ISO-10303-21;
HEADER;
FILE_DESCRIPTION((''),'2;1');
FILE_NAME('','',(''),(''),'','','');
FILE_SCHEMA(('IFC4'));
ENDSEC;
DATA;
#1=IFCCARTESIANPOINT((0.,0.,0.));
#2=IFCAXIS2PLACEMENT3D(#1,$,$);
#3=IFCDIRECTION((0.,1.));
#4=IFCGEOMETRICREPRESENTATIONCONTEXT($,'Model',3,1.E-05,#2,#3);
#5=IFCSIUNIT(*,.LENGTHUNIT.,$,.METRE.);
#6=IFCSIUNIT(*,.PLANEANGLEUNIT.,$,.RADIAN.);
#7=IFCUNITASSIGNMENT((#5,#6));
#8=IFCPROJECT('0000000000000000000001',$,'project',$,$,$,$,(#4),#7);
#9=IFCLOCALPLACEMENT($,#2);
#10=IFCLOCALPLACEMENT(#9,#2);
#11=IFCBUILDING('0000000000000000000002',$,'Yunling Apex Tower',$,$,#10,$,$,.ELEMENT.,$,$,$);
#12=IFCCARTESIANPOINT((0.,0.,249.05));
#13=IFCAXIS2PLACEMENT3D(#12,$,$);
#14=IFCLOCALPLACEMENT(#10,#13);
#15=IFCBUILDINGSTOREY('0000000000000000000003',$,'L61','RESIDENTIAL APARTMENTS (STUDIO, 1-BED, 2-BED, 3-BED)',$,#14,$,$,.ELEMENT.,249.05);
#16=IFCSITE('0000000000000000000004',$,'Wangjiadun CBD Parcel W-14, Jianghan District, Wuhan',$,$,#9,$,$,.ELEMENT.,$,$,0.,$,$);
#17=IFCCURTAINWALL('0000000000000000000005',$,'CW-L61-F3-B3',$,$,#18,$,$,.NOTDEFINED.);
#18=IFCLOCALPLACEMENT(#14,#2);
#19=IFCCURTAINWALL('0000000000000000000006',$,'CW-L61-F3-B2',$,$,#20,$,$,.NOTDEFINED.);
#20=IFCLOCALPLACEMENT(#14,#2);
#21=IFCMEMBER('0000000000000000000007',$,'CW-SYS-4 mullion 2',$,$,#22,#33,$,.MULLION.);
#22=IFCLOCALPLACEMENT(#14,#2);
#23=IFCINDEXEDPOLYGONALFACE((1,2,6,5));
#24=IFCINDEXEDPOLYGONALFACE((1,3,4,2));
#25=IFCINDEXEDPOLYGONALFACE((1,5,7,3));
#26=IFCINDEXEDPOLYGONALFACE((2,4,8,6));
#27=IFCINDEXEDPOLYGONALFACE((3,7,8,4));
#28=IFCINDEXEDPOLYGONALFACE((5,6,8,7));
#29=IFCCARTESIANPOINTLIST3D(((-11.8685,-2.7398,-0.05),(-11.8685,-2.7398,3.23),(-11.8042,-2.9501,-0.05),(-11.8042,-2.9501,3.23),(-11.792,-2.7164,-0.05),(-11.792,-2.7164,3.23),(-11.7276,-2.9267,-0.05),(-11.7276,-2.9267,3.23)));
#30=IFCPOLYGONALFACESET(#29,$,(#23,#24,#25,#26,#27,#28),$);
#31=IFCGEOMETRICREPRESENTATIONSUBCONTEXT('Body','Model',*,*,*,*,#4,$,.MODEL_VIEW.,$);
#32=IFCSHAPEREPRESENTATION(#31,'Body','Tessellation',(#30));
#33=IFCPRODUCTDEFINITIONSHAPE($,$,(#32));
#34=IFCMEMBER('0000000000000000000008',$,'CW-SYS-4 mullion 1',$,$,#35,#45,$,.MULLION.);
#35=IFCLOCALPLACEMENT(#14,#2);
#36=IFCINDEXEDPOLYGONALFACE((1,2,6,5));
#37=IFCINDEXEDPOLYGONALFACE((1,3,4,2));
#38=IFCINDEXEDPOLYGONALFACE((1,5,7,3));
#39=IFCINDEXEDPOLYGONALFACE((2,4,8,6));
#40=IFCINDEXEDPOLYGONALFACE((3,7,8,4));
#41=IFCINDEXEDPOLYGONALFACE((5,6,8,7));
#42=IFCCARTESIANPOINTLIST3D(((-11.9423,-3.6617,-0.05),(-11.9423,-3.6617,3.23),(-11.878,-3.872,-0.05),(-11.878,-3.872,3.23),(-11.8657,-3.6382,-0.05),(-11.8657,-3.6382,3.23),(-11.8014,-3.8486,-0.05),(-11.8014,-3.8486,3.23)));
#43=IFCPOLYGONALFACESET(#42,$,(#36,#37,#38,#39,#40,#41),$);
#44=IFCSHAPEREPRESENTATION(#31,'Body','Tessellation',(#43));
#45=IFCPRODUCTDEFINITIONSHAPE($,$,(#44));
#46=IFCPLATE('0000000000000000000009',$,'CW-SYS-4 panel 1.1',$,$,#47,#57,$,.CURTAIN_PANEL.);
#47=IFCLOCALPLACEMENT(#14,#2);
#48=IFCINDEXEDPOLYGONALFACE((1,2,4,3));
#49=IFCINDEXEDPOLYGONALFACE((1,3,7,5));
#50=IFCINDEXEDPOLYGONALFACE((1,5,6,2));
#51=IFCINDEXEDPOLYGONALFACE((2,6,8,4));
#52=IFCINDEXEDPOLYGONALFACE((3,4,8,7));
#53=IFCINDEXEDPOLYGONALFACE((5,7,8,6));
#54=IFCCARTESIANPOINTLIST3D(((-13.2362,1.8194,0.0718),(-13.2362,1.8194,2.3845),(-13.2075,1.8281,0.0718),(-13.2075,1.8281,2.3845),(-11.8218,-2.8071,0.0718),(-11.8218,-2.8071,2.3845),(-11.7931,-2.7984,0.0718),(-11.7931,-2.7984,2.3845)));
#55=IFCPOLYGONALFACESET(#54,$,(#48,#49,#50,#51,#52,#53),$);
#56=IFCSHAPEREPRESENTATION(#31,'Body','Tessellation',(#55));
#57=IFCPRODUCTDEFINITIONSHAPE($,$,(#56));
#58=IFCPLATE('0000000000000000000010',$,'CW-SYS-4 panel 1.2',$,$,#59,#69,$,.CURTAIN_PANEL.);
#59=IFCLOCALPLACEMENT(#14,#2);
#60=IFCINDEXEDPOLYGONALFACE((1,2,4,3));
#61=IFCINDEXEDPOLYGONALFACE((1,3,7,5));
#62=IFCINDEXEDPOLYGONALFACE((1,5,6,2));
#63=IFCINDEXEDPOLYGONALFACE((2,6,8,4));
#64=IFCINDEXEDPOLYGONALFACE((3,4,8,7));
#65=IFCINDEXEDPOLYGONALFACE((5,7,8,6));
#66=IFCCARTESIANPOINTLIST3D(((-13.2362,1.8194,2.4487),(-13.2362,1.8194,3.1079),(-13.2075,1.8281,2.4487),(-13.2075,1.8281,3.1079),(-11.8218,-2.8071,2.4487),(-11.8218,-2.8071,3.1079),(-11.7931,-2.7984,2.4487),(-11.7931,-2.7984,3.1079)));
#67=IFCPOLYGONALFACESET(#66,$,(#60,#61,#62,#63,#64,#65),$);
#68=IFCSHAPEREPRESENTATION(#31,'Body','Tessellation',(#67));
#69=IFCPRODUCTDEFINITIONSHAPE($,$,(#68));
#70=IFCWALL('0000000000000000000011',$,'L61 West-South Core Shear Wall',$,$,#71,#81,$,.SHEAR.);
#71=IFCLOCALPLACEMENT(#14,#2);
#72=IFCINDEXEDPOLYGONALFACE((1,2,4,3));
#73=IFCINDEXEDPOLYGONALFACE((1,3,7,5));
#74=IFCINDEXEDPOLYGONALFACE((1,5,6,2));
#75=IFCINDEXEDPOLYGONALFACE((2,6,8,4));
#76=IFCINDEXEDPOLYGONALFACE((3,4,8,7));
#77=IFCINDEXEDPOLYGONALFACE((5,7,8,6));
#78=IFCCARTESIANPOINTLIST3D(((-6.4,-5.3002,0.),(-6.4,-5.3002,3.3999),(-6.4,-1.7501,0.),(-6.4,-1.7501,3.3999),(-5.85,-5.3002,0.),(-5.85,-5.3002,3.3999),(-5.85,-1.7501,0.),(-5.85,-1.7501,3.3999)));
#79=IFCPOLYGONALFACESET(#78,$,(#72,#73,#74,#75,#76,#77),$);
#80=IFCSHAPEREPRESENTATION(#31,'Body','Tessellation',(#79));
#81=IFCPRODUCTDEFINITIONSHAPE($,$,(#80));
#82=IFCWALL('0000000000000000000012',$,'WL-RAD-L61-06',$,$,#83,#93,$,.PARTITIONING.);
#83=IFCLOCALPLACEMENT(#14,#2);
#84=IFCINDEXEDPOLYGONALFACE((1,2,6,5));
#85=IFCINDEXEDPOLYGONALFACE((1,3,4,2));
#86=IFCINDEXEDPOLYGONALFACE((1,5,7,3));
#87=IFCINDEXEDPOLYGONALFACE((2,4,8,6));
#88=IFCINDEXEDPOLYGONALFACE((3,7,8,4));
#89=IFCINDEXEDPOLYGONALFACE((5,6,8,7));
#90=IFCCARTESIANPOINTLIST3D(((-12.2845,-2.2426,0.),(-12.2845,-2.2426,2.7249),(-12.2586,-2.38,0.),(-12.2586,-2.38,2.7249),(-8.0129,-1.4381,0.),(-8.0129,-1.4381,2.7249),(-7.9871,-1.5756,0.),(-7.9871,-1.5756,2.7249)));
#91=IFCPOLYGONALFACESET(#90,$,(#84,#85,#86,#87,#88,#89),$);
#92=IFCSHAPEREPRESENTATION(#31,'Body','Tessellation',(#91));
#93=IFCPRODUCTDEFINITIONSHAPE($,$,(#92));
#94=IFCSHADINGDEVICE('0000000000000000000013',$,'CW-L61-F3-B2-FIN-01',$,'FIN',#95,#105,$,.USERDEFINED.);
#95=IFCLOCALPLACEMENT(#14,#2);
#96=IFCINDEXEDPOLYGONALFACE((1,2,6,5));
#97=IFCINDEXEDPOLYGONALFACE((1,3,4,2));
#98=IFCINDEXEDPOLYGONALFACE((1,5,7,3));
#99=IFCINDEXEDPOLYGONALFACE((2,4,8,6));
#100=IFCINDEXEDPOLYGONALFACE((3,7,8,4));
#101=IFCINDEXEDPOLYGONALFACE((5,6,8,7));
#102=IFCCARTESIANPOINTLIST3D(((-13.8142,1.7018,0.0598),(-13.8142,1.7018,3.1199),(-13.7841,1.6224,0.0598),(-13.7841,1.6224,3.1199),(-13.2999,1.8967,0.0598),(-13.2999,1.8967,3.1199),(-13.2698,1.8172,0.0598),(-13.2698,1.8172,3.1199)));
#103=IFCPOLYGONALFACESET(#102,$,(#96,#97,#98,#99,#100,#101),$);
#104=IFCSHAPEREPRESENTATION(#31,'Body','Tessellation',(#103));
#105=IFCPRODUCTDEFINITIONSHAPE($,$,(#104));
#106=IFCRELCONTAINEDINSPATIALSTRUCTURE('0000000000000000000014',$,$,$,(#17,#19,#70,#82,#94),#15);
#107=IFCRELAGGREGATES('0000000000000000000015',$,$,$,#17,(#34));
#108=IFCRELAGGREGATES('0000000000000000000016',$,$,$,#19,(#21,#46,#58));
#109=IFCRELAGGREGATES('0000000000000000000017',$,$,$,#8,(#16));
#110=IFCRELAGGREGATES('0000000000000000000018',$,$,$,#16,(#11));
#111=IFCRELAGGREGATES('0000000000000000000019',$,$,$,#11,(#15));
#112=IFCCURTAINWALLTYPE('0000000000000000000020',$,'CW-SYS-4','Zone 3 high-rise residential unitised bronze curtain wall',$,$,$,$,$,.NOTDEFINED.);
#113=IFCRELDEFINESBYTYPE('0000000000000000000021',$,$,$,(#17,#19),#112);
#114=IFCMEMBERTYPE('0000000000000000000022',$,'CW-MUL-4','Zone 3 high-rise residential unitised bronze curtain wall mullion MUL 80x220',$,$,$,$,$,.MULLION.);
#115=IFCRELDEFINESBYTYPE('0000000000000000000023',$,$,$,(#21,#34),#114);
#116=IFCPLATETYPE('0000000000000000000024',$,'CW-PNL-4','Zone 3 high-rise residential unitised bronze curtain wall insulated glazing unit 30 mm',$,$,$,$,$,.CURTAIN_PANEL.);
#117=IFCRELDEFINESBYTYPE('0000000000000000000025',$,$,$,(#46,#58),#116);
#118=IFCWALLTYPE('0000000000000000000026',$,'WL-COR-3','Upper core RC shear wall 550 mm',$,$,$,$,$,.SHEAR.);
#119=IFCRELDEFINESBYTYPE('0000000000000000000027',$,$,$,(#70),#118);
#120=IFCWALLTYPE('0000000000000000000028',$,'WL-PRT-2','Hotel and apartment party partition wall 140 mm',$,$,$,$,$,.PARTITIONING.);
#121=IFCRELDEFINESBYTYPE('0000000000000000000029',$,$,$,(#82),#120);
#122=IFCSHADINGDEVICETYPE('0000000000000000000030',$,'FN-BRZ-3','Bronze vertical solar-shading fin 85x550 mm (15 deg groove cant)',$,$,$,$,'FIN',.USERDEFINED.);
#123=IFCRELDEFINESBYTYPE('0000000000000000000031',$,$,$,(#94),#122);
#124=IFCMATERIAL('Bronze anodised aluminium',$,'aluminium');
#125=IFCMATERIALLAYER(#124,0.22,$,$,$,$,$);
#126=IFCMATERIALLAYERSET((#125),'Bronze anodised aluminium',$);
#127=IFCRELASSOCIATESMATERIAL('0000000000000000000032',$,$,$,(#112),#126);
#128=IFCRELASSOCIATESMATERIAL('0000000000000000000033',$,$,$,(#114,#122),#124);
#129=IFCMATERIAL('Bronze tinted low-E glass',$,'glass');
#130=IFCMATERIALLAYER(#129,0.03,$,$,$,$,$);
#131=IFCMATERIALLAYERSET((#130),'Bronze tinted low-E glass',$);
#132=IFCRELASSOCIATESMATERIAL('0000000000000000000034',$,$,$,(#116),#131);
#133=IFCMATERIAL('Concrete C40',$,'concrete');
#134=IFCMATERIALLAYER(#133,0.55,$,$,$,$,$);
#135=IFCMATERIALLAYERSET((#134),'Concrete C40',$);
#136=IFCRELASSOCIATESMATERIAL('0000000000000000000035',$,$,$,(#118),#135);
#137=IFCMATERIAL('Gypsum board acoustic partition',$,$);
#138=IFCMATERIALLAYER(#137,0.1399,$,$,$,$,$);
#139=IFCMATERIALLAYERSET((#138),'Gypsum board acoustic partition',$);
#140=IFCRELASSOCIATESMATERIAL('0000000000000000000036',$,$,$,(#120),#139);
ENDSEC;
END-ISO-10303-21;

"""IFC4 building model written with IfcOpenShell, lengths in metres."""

from ifc_helpers import new_model, si_unit, direction, frame, frame_2d, origin, origin_2d, place, context, subcontext, project, spatial, rectangle, extrude, source, transform, mapped, material, layer, layer_set, material_profile, profile_set, type_object, element, aggregate, save


model = new_model("IFC4")

# Units and contexts
model_context = context("Model", 3, precision=1e-05, world=origin(), true_north=direction((0.0, 1.0)))
body_context = subcontext(model_context, "Body", "Model", "MODEL_VIEW")
ifc_project = project(units=[si_unit("LENGTHUNIT", "METRE"), si_unit("PLANEANGLEUNIT", "RADIAN")], contexts=[model_context])

# Site, building, storey
site_placement = place(None, origin())
site = spatial("IfcSite", under=ifc_project, at=site_placement, Name="Wangjiadun CBD Parcel W-14, Jianghan District, Wuhan", CompositionType="ELEMENT", RefElevation=0.0)
building_placement = place(site_placement, origin())
building = spatial("IfcBuilding", under=site, at=building_placement, Name="Yunling Apex Tower", CompositionType="ELEMENT")
storey_placement = place(building_placement, frame((0.0, 0.0, 249.05)))
storey = spatial("IfcBuildingStorey", under=building, at=storey_placement, Name="L61", Description="RESIDENTIAL APARTMENTS (STUDIO, 1-BED, 2-BED, 3-BED)", CompositionType="ELEMENT", Elevation=249.05)

# Curtain walls, member
ifc_material_1 = material(Name="Bronze anodised aluminium", Category="aluminium")
ifc_layer_1 = layer(ifc_material_1, 0.22)
ifc_layer_set_1 = layer_set([ifc_layer_1], Name="Bronze anodised aluminium")
curtain_wall_type = type_object("IfcCurtainWallType", Name="CW-SYS-4", Description="Zone 3 high-rise residential unitised bronze curtain wall", PredefinedType="NOTDEFINED", material=ifc_layer_set_1)
curtain_wall_1_placement = place(storey_placement, origin())
curtain_wall_1 = element("IfcCurtainWall", 1, at=curtain_wall_1_placement, inside=storey, type_object=curtain_wall_type, Name="CW-L61-F3-B3", PredefinedType="NOTDEFINED")
curtain_wall_2_placement = place(storey_placement, origin())
curtain_wall_2 = element("IfcCurtainWall", 2, at=curtain_wall_2_placement, inside=storey, type_object=curtain_wall_type, Name="CW-L61-F3-B2", PredefinedType="NOTDEFINED")
ifc_material_profile_1 = material_profile(ifc_material_1, rectangle(XDim=0.0801, YDim=0.22, at=origin_2d()))
ifc_profile_set_1 = profile_set([ifc_material_profile_1], Name="Bronze anodised aluminium")
member_type_1 = type_object("IfcMemberType", Name="CW-MUL-4", Description="Zone 3 high-rise residential unitised bronze curtain wall mullion MUL 80x220", PredefinedType="MULLION", material=ifc_profile_set_1)
shared_shape_1 = source(origin(), body_context, "Body", "SweptSolid", [
    extrude(rectangle(XDim=0.0801, YDim=0.22, at=origin_2d()), origin(), (0.0, 0.0, 1.0), 3.28),
])
member_1_placement = place(storey_placement, frame((-11.7981, -2.8333, -0.05), z_axis=(0.0, 0.0, 1.0), x_axis=(0.956304, 0.292373, 0.0)))
member_1 = element("IfcMember", 3, at=member_1_placement, type_object=member_type_1, Name="CW-SYS-4 mullion 2", PredefinedType="MULLION", context=body_context, shape_type="MappedRepresentation", body=[
    mapped(shared_shape_1, transform((0.0, 0.0, 0.0), scale=1.0)),
])

# Member
member_2_placement = place(storey_placement, frame((-11.8718, -3.7551, -0.05), z_axis=(0.0, 0.0, 1.0), x_axis=(0.956305, 0.292372, 0.0)))
member_2 = element("IfcMember", 4, at=member_2_placement, type_object=member_type_1, Name="CW-SYS-4 mullion 1", PredefinedType="MULLION", context=body_context, shape_type="MappedRepresentation", body=[
    mapped(shared_shape_1, transform((0.0, 0.0, 0.0), scale=1.0)),
])
aggregate(curtain_wall_1, [member_2])

# Plates
ifc_material_2 = material(Name="Bronze tinted low-E glass", Category="glass")
ifc_layer_2 = layer(ifc_material_2, 0.03)
ifc_layer_set_2 = layer_set([ifc_layer_2], Name="Bronze tinted low-E glass")
plate_type = type_object("IfcPlateType", Name="CW-PNL-4", Description="Zone 3 high-rise residential unitised bronze curtain wall insulated glazing unit 30 mm", PredefinedType="CURTAIN_PANEL", material=ifc_layer_set_2)
shared_shape_2 = source(origin(), body_context, "Body", "SweptSolid", [
    extrude(rectangle(XDim=4.8379, YDim=0.03, at=origin_2d()), origin(), (0.0, 0.0, 1.0), 2.3127),
])
plate_1_placement = place(storey_placement, frame((-12.5146, -0.4895, 0.0718), z_axis=(0.0, 0.0, 1.0), x_axis=(0.292373, -0.956304, 0.0)))
plate_1 = element("IfcPlate", 5, at=plate_1_placement, type_object=plate_type, Name="CW-SYS-4 panel 1.1", PredefinedType="CURTAIN_PANEL", context=body_context, shape_type="MappedRepresentation", body=[
    mapped(shared_shape_2, transform((0.0, 0.0, 0.0), scale=1.0)),
])
shared_shape_3 = source(origin(), body_context, "Body", "SweptSolid", [
    extrude(rectangle(XDim=4.8379, YDim=0.03, at=origin_2d()), origin(), (0.0, 0.0, 1.0), 0.6592),
])
plate_2_placement = place(storey_placement, frame((-12.5146, -0.4895, 2.4487), z_axis=(0.0, 0.0, 1.0), x_axis=(0.292373, -0.956304, 0.0)))
plate_2 = element("IfcPlate", 6, at=plate_2_placement, type_object=plate_type, Name="CW-SYS-4 panel 1.2", PredefinedType="CURTAIN_PANEL", context=body_context, shape_type="MappedRepresentation", body=[
    mapped(shared_shape_3, transform((0.0, 0.0, 0.0), scale=1.0)),
])
aggregate(curtain_wall_2, [member_1, plate_1, plate_2])

# Walls
ifc_material_3 = material(Name="Concrete C40", Category="concrete")
ifc_layer_3 = layer(ifc_material_3, 0.55)
ifc_layer_set_3 = layer_set([ifc_layer_3], Name="Concrete C40")
wall_type_1 = type_object("IfcWallType", Name="WL-COR-3", Description="Upper core RC shear wall 550 mm", PredefinedType="SHEAR", material=ifc_layer_set_3)
wall_1_placement = place(storey_placement, frame((-6.125, -5.3, 0.0), z_axis=(0.0, 0.0, 1.0), x_axis=(0.0, 1.0, 0.0)))
element("IfcWall", 7, at=wall_1_placement, inside=storey, type_object=wall_type_1, Name="L61 West-South Core Shear Wall", PredefinedType="SHEAR", context=body_context, shape_type="SweptSolid", body=[
    extrude(rectangle(XDim=3.55, YDim=0.55, at=frame_2d((1.7749, 0.0))), origin(), (0.0, 0.0, 1.0), 3.3999),
])
ifc_material_4 = material(Name="Gypsum board acoustic partition")
ifc_layer_4 = layer(ifc_material_4, 0.1399)
ifc_layer_set_4 = layer_set([ifc_layer_4], Name="Gypsum board acoustic partition")
wall_type_2 = type_object("IfcWallType", Name="WL-PRT-2", Description="Hotel and apartment party partition wall 140 mm", PredefinedType="PARTITIONING", material=ifc_layer_set_4)
wall_2_placement = place(storey_placement, frame((-8.0, -1.5068, 0.0), z_axis=(0.0, 0.0, 1.0), x_axis=(-0.982724, -0.185075, 0.0)))
element("IfcWall", 8, at=wall_2_placement, inside=storey, type_object=wall_type_2, Name="WL-RAD-L61-06", PredefinedType="PARTITIONING", context=body_context, shape_type="SweptSolid", body=[
    extrude(rectangle(XDim=4.3467, YDim=0.1399, at=frame_2d((2.1733, 0.0))), origin(), (0.0, 0.0, 1.0), 2.7249),
])

# Shading device
ifc_material_profile_2 = material_profile(ifc_material_1, rectangle(XDim=0.085, YDim=0.55, at=origin_2d()))
ifc_profile_set_2 = profile_set([ifc_material_profile_2], Name="Bronze anodised aluminium")
shading_device_type = type_object("IfcShadingDeviceType", Name="FN-BRZ-3", Description="Bronze vertical solar-shading fin 85x550 mm (15 deg groove cant)", ElementType="FIN", PredefinedType="USERDEFINED", material=ifc_profile_set_2)
shared_shape_4 = source(origin(), body_context, "Body", "SweptSolid", [
    extrude(rectangle(XDim=0.085, YDim=0.55, at=origin_2d()), origin(), (0.0, 0.0, 1.0), 3.0601),
])
shading_device_placement = place(storey_placement, frame((-13.542, 1.7595, 0.0598), z_axis=(0.0, 0.0, 1.0), x_axis=(0.354291, -0.935135, 0.0)))
element("IfcShadingDevice", 9, at=shading_device_placement, inside=storey, type_object=shading_device_type, Name="CW-L61-F3-B2-FIN-01", ObjectType="FIN", PredefinedType="USERDEFINED", context=body_context, shape_type="MappedRepresentation", body=[
    mapped(shared_shape_4, transform((0.0, 0.0, 0.0), scale=1.0)),
])

save(model, "model.ifc")
